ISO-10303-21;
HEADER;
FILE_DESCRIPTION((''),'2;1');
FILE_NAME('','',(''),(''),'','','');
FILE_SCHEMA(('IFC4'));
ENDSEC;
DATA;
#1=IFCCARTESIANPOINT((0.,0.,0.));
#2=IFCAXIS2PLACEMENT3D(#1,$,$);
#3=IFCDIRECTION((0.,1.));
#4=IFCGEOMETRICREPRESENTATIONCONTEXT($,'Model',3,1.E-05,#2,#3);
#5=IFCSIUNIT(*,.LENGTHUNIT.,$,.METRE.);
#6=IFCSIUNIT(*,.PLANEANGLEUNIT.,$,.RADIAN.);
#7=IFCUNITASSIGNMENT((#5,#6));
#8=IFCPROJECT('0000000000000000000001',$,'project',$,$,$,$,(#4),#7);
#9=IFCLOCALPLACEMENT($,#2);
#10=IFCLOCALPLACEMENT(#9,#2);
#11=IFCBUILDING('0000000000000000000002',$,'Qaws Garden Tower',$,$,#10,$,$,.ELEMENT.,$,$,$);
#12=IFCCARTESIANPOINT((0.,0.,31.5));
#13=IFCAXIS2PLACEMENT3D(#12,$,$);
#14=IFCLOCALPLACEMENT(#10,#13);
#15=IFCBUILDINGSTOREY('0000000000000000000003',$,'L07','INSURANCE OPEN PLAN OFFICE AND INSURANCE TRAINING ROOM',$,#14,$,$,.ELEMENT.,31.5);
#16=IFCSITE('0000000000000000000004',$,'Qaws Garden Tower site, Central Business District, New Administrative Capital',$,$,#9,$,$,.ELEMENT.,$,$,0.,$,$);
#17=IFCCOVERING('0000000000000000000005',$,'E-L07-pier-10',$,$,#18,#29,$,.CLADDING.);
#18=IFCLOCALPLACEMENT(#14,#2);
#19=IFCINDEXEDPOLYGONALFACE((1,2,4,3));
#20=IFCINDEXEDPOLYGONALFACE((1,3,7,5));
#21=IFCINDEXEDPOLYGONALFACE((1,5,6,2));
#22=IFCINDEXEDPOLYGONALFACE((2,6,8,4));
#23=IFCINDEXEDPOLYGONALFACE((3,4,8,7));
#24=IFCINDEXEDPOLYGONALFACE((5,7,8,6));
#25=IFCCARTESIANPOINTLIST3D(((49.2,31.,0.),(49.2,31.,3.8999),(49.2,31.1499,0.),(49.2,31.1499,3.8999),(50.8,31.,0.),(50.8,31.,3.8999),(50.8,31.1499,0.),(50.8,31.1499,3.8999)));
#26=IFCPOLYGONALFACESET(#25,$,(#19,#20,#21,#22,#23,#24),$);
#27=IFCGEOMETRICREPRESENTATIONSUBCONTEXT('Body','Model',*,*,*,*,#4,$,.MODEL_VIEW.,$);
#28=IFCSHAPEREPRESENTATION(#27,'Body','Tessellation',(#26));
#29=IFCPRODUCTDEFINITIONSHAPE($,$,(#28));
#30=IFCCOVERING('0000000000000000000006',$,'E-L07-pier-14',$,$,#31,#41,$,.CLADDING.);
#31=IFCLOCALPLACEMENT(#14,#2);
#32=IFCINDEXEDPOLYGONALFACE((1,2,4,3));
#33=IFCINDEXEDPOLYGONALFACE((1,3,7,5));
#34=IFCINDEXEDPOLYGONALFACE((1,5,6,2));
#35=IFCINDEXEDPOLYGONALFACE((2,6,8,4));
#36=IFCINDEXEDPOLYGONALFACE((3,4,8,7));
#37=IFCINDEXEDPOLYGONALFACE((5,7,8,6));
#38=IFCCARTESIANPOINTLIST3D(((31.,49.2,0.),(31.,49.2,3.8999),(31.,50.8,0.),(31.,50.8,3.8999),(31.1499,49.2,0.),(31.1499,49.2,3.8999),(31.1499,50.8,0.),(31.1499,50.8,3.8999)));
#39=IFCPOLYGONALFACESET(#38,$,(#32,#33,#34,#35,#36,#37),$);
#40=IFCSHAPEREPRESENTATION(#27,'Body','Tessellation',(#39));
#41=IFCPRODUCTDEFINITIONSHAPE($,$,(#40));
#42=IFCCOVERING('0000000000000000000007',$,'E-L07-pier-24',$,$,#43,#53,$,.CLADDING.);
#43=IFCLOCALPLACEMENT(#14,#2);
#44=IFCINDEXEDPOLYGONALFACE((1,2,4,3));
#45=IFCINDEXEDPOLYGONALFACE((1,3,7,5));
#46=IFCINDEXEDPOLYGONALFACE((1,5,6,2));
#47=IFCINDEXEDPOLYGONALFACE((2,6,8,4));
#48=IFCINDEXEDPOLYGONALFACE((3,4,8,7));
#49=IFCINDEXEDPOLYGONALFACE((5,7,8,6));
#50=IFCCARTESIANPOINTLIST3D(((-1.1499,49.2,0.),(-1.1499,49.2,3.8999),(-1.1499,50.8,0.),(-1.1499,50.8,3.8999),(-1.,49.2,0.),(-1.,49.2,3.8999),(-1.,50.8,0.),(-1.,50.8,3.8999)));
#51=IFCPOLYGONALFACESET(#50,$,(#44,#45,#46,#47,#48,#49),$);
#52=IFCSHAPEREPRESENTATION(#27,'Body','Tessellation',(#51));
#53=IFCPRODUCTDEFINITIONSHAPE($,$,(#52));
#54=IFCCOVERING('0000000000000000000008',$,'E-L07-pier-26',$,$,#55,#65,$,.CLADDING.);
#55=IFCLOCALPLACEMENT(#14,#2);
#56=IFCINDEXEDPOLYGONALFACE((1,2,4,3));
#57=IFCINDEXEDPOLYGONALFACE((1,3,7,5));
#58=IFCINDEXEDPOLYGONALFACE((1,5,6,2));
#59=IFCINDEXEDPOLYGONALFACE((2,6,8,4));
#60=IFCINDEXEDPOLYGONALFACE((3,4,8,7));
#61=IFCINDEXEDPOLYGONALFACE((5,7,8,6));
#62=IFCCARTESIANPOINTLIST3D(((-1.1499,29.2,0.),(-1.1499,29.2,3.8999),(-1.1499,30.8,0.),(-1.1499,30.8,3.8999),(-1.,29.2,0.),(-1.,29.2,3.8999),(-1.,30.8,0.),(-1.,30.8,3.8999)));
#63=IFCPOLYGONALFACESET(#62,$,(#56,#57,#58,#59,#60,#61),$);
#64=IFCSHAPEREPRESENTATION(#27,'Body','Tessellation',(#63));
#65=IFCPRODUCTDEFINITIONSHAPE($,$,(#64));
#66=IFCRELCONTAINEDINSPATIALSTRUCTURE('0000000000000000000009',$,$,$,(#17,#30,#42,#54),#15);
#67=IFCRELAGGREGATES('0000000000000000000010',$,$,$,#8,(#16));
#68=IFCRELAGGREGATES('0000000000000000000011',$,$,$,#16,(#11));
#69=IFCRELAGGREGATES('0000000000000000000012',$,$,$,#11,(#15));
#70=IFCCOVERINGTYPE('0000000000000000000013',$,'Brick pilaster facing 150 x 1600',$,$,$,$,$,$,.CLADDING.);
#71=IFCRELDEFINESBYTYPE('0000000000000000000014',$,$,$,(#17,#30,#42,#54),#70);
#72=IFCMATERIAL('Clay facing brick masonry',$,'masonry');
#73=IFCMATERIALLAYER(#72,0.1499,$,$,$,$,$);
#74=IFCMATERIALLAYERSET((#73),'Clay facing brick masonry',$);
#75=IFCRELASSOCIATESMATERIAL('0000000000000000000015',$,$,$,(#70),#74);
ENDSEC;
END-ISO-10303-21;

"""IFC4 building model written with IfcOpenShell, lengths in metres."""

from ifc_helpers import new_model, si_unit, direction, frame, origin, place, context, subcontext, project, spatial, polyline, outline, extrude, material, layer, layer_set, type_object, element, save


model = new_model("IFC4")

# Units and contexts
model_context = context("Model", 3, precision=1e-05, world=origin(), true_north=direction((0.0, 1.0)))
body_context = subcontext(model_context, "Body", "Model", "MODEL_VIEW")
ifc_project = project(units=[si_unit("LENGTHUNIT", "METRE"), si_unit("PLANEANGLEUNIT", "RADIAN")], contexts=[model_context])

# Site, building, storey
site_placement = place(None, origin())
site = spatial("IfcSite", under=ifc_project, at=site_placement, Name="Qaws Garden Tower site, Central Business District, New Administrative Capital", CompositionType="ELEMENT", RefElevation=0.0)
building_placement = place(site_placement, origin())
building = spatial("IfcBuilding", under=site, at=building_placement, Name="Qaws Garden Tower", CompositionType="ELEMENT")
storey_placement = place(building_placement, frame((0.0, 0.0, 31.5)))
storey = spatial("IfcBuildingStorey", under=building, at=storey_placement, Name="L07", Description="INSURANCE OPEN PLAN OFFICE AND INSURANCE TRAINING ROOM", CompositionType="ELEMENT", Elevation=31.5)

# Shared definitions
placement = place(storey_placement, origin())

# Coverings
ifc_material_1 = material(Name="Clay facing brick masonry", Category="masonry")
ifc_layer_1 = layer(ifc_material_1, 0.1499)
ifc_layer_set_1 = layer_set([ifc_layer_1], Name="Clay facing brick masonry")
covering_type = type_object("IfcCoveringType", Name="Brick pilaster facing 150 x 1600", PredefinedType="CLADDING", material=ifc_layer_set_1)
element("IfcCovering", 1, at=placement, inside=storey, type_object=covering_type, Name="E-L07-pier-10", PredefinedType="CLADDING", context=body_context, shape_type="SweptSolid", body=[
    extrude(outline(polyline([(50.8, 31.0), (49.2, 31.0), (49.2, 31.1499), (50.8, 31.1499), (50.8, 31.0)])), origin(), (0.0, 0.0, 1.0), 3.8999),
])
element("IfcCovering", 2, at=placement, inside=storey, type_object=covering_type, Name="E-L07-pier-14", PredefinedType="CLADDING", context=body_context, shape_type="SweptSolid", body=[
    extrude(outline(polyline([(31.0, 49.2), (31.0, 50.8), (31.1499, 50.8), (31.1499, 49.2), (31.0, 49.2)])), origin(), (0.0, 0.0, 1.0), 3.8999),
])
element("IfcCovering", 3, at=placement, inside=storey, type_object=covering_type, Name="E-L07-pier-24", PredefinedType="CLADDING", context=body_context, shape_type="SweptSolid", body=[
    extrude(outline(polyline([(-1.0, 50.8), (-1.0, 49.2), (-1.1499, 49.2), (-1.1499, 50.8), (-1.0, 50.8)])), origin(), (0.0, 0.0, 1.0), 3.8999),
])
element("IfcCovering", 4, at=placement, inside=storey, type_object=covering_type, Name="E-L07-pier-26", PredefinedType="CLADDING", context=body_context, shape_type="SweptSolid", body=[
    extrude(outline(polyline([(-1.0, 30.8), (-1.0, 29.2), (-1.1499, 29.2), (-1.1499, 30.8), (-1.0, 30.8)])), origin(), (0.0, 0.0, 1.0), 3.8999),
])

save(model, "model.ifc")
